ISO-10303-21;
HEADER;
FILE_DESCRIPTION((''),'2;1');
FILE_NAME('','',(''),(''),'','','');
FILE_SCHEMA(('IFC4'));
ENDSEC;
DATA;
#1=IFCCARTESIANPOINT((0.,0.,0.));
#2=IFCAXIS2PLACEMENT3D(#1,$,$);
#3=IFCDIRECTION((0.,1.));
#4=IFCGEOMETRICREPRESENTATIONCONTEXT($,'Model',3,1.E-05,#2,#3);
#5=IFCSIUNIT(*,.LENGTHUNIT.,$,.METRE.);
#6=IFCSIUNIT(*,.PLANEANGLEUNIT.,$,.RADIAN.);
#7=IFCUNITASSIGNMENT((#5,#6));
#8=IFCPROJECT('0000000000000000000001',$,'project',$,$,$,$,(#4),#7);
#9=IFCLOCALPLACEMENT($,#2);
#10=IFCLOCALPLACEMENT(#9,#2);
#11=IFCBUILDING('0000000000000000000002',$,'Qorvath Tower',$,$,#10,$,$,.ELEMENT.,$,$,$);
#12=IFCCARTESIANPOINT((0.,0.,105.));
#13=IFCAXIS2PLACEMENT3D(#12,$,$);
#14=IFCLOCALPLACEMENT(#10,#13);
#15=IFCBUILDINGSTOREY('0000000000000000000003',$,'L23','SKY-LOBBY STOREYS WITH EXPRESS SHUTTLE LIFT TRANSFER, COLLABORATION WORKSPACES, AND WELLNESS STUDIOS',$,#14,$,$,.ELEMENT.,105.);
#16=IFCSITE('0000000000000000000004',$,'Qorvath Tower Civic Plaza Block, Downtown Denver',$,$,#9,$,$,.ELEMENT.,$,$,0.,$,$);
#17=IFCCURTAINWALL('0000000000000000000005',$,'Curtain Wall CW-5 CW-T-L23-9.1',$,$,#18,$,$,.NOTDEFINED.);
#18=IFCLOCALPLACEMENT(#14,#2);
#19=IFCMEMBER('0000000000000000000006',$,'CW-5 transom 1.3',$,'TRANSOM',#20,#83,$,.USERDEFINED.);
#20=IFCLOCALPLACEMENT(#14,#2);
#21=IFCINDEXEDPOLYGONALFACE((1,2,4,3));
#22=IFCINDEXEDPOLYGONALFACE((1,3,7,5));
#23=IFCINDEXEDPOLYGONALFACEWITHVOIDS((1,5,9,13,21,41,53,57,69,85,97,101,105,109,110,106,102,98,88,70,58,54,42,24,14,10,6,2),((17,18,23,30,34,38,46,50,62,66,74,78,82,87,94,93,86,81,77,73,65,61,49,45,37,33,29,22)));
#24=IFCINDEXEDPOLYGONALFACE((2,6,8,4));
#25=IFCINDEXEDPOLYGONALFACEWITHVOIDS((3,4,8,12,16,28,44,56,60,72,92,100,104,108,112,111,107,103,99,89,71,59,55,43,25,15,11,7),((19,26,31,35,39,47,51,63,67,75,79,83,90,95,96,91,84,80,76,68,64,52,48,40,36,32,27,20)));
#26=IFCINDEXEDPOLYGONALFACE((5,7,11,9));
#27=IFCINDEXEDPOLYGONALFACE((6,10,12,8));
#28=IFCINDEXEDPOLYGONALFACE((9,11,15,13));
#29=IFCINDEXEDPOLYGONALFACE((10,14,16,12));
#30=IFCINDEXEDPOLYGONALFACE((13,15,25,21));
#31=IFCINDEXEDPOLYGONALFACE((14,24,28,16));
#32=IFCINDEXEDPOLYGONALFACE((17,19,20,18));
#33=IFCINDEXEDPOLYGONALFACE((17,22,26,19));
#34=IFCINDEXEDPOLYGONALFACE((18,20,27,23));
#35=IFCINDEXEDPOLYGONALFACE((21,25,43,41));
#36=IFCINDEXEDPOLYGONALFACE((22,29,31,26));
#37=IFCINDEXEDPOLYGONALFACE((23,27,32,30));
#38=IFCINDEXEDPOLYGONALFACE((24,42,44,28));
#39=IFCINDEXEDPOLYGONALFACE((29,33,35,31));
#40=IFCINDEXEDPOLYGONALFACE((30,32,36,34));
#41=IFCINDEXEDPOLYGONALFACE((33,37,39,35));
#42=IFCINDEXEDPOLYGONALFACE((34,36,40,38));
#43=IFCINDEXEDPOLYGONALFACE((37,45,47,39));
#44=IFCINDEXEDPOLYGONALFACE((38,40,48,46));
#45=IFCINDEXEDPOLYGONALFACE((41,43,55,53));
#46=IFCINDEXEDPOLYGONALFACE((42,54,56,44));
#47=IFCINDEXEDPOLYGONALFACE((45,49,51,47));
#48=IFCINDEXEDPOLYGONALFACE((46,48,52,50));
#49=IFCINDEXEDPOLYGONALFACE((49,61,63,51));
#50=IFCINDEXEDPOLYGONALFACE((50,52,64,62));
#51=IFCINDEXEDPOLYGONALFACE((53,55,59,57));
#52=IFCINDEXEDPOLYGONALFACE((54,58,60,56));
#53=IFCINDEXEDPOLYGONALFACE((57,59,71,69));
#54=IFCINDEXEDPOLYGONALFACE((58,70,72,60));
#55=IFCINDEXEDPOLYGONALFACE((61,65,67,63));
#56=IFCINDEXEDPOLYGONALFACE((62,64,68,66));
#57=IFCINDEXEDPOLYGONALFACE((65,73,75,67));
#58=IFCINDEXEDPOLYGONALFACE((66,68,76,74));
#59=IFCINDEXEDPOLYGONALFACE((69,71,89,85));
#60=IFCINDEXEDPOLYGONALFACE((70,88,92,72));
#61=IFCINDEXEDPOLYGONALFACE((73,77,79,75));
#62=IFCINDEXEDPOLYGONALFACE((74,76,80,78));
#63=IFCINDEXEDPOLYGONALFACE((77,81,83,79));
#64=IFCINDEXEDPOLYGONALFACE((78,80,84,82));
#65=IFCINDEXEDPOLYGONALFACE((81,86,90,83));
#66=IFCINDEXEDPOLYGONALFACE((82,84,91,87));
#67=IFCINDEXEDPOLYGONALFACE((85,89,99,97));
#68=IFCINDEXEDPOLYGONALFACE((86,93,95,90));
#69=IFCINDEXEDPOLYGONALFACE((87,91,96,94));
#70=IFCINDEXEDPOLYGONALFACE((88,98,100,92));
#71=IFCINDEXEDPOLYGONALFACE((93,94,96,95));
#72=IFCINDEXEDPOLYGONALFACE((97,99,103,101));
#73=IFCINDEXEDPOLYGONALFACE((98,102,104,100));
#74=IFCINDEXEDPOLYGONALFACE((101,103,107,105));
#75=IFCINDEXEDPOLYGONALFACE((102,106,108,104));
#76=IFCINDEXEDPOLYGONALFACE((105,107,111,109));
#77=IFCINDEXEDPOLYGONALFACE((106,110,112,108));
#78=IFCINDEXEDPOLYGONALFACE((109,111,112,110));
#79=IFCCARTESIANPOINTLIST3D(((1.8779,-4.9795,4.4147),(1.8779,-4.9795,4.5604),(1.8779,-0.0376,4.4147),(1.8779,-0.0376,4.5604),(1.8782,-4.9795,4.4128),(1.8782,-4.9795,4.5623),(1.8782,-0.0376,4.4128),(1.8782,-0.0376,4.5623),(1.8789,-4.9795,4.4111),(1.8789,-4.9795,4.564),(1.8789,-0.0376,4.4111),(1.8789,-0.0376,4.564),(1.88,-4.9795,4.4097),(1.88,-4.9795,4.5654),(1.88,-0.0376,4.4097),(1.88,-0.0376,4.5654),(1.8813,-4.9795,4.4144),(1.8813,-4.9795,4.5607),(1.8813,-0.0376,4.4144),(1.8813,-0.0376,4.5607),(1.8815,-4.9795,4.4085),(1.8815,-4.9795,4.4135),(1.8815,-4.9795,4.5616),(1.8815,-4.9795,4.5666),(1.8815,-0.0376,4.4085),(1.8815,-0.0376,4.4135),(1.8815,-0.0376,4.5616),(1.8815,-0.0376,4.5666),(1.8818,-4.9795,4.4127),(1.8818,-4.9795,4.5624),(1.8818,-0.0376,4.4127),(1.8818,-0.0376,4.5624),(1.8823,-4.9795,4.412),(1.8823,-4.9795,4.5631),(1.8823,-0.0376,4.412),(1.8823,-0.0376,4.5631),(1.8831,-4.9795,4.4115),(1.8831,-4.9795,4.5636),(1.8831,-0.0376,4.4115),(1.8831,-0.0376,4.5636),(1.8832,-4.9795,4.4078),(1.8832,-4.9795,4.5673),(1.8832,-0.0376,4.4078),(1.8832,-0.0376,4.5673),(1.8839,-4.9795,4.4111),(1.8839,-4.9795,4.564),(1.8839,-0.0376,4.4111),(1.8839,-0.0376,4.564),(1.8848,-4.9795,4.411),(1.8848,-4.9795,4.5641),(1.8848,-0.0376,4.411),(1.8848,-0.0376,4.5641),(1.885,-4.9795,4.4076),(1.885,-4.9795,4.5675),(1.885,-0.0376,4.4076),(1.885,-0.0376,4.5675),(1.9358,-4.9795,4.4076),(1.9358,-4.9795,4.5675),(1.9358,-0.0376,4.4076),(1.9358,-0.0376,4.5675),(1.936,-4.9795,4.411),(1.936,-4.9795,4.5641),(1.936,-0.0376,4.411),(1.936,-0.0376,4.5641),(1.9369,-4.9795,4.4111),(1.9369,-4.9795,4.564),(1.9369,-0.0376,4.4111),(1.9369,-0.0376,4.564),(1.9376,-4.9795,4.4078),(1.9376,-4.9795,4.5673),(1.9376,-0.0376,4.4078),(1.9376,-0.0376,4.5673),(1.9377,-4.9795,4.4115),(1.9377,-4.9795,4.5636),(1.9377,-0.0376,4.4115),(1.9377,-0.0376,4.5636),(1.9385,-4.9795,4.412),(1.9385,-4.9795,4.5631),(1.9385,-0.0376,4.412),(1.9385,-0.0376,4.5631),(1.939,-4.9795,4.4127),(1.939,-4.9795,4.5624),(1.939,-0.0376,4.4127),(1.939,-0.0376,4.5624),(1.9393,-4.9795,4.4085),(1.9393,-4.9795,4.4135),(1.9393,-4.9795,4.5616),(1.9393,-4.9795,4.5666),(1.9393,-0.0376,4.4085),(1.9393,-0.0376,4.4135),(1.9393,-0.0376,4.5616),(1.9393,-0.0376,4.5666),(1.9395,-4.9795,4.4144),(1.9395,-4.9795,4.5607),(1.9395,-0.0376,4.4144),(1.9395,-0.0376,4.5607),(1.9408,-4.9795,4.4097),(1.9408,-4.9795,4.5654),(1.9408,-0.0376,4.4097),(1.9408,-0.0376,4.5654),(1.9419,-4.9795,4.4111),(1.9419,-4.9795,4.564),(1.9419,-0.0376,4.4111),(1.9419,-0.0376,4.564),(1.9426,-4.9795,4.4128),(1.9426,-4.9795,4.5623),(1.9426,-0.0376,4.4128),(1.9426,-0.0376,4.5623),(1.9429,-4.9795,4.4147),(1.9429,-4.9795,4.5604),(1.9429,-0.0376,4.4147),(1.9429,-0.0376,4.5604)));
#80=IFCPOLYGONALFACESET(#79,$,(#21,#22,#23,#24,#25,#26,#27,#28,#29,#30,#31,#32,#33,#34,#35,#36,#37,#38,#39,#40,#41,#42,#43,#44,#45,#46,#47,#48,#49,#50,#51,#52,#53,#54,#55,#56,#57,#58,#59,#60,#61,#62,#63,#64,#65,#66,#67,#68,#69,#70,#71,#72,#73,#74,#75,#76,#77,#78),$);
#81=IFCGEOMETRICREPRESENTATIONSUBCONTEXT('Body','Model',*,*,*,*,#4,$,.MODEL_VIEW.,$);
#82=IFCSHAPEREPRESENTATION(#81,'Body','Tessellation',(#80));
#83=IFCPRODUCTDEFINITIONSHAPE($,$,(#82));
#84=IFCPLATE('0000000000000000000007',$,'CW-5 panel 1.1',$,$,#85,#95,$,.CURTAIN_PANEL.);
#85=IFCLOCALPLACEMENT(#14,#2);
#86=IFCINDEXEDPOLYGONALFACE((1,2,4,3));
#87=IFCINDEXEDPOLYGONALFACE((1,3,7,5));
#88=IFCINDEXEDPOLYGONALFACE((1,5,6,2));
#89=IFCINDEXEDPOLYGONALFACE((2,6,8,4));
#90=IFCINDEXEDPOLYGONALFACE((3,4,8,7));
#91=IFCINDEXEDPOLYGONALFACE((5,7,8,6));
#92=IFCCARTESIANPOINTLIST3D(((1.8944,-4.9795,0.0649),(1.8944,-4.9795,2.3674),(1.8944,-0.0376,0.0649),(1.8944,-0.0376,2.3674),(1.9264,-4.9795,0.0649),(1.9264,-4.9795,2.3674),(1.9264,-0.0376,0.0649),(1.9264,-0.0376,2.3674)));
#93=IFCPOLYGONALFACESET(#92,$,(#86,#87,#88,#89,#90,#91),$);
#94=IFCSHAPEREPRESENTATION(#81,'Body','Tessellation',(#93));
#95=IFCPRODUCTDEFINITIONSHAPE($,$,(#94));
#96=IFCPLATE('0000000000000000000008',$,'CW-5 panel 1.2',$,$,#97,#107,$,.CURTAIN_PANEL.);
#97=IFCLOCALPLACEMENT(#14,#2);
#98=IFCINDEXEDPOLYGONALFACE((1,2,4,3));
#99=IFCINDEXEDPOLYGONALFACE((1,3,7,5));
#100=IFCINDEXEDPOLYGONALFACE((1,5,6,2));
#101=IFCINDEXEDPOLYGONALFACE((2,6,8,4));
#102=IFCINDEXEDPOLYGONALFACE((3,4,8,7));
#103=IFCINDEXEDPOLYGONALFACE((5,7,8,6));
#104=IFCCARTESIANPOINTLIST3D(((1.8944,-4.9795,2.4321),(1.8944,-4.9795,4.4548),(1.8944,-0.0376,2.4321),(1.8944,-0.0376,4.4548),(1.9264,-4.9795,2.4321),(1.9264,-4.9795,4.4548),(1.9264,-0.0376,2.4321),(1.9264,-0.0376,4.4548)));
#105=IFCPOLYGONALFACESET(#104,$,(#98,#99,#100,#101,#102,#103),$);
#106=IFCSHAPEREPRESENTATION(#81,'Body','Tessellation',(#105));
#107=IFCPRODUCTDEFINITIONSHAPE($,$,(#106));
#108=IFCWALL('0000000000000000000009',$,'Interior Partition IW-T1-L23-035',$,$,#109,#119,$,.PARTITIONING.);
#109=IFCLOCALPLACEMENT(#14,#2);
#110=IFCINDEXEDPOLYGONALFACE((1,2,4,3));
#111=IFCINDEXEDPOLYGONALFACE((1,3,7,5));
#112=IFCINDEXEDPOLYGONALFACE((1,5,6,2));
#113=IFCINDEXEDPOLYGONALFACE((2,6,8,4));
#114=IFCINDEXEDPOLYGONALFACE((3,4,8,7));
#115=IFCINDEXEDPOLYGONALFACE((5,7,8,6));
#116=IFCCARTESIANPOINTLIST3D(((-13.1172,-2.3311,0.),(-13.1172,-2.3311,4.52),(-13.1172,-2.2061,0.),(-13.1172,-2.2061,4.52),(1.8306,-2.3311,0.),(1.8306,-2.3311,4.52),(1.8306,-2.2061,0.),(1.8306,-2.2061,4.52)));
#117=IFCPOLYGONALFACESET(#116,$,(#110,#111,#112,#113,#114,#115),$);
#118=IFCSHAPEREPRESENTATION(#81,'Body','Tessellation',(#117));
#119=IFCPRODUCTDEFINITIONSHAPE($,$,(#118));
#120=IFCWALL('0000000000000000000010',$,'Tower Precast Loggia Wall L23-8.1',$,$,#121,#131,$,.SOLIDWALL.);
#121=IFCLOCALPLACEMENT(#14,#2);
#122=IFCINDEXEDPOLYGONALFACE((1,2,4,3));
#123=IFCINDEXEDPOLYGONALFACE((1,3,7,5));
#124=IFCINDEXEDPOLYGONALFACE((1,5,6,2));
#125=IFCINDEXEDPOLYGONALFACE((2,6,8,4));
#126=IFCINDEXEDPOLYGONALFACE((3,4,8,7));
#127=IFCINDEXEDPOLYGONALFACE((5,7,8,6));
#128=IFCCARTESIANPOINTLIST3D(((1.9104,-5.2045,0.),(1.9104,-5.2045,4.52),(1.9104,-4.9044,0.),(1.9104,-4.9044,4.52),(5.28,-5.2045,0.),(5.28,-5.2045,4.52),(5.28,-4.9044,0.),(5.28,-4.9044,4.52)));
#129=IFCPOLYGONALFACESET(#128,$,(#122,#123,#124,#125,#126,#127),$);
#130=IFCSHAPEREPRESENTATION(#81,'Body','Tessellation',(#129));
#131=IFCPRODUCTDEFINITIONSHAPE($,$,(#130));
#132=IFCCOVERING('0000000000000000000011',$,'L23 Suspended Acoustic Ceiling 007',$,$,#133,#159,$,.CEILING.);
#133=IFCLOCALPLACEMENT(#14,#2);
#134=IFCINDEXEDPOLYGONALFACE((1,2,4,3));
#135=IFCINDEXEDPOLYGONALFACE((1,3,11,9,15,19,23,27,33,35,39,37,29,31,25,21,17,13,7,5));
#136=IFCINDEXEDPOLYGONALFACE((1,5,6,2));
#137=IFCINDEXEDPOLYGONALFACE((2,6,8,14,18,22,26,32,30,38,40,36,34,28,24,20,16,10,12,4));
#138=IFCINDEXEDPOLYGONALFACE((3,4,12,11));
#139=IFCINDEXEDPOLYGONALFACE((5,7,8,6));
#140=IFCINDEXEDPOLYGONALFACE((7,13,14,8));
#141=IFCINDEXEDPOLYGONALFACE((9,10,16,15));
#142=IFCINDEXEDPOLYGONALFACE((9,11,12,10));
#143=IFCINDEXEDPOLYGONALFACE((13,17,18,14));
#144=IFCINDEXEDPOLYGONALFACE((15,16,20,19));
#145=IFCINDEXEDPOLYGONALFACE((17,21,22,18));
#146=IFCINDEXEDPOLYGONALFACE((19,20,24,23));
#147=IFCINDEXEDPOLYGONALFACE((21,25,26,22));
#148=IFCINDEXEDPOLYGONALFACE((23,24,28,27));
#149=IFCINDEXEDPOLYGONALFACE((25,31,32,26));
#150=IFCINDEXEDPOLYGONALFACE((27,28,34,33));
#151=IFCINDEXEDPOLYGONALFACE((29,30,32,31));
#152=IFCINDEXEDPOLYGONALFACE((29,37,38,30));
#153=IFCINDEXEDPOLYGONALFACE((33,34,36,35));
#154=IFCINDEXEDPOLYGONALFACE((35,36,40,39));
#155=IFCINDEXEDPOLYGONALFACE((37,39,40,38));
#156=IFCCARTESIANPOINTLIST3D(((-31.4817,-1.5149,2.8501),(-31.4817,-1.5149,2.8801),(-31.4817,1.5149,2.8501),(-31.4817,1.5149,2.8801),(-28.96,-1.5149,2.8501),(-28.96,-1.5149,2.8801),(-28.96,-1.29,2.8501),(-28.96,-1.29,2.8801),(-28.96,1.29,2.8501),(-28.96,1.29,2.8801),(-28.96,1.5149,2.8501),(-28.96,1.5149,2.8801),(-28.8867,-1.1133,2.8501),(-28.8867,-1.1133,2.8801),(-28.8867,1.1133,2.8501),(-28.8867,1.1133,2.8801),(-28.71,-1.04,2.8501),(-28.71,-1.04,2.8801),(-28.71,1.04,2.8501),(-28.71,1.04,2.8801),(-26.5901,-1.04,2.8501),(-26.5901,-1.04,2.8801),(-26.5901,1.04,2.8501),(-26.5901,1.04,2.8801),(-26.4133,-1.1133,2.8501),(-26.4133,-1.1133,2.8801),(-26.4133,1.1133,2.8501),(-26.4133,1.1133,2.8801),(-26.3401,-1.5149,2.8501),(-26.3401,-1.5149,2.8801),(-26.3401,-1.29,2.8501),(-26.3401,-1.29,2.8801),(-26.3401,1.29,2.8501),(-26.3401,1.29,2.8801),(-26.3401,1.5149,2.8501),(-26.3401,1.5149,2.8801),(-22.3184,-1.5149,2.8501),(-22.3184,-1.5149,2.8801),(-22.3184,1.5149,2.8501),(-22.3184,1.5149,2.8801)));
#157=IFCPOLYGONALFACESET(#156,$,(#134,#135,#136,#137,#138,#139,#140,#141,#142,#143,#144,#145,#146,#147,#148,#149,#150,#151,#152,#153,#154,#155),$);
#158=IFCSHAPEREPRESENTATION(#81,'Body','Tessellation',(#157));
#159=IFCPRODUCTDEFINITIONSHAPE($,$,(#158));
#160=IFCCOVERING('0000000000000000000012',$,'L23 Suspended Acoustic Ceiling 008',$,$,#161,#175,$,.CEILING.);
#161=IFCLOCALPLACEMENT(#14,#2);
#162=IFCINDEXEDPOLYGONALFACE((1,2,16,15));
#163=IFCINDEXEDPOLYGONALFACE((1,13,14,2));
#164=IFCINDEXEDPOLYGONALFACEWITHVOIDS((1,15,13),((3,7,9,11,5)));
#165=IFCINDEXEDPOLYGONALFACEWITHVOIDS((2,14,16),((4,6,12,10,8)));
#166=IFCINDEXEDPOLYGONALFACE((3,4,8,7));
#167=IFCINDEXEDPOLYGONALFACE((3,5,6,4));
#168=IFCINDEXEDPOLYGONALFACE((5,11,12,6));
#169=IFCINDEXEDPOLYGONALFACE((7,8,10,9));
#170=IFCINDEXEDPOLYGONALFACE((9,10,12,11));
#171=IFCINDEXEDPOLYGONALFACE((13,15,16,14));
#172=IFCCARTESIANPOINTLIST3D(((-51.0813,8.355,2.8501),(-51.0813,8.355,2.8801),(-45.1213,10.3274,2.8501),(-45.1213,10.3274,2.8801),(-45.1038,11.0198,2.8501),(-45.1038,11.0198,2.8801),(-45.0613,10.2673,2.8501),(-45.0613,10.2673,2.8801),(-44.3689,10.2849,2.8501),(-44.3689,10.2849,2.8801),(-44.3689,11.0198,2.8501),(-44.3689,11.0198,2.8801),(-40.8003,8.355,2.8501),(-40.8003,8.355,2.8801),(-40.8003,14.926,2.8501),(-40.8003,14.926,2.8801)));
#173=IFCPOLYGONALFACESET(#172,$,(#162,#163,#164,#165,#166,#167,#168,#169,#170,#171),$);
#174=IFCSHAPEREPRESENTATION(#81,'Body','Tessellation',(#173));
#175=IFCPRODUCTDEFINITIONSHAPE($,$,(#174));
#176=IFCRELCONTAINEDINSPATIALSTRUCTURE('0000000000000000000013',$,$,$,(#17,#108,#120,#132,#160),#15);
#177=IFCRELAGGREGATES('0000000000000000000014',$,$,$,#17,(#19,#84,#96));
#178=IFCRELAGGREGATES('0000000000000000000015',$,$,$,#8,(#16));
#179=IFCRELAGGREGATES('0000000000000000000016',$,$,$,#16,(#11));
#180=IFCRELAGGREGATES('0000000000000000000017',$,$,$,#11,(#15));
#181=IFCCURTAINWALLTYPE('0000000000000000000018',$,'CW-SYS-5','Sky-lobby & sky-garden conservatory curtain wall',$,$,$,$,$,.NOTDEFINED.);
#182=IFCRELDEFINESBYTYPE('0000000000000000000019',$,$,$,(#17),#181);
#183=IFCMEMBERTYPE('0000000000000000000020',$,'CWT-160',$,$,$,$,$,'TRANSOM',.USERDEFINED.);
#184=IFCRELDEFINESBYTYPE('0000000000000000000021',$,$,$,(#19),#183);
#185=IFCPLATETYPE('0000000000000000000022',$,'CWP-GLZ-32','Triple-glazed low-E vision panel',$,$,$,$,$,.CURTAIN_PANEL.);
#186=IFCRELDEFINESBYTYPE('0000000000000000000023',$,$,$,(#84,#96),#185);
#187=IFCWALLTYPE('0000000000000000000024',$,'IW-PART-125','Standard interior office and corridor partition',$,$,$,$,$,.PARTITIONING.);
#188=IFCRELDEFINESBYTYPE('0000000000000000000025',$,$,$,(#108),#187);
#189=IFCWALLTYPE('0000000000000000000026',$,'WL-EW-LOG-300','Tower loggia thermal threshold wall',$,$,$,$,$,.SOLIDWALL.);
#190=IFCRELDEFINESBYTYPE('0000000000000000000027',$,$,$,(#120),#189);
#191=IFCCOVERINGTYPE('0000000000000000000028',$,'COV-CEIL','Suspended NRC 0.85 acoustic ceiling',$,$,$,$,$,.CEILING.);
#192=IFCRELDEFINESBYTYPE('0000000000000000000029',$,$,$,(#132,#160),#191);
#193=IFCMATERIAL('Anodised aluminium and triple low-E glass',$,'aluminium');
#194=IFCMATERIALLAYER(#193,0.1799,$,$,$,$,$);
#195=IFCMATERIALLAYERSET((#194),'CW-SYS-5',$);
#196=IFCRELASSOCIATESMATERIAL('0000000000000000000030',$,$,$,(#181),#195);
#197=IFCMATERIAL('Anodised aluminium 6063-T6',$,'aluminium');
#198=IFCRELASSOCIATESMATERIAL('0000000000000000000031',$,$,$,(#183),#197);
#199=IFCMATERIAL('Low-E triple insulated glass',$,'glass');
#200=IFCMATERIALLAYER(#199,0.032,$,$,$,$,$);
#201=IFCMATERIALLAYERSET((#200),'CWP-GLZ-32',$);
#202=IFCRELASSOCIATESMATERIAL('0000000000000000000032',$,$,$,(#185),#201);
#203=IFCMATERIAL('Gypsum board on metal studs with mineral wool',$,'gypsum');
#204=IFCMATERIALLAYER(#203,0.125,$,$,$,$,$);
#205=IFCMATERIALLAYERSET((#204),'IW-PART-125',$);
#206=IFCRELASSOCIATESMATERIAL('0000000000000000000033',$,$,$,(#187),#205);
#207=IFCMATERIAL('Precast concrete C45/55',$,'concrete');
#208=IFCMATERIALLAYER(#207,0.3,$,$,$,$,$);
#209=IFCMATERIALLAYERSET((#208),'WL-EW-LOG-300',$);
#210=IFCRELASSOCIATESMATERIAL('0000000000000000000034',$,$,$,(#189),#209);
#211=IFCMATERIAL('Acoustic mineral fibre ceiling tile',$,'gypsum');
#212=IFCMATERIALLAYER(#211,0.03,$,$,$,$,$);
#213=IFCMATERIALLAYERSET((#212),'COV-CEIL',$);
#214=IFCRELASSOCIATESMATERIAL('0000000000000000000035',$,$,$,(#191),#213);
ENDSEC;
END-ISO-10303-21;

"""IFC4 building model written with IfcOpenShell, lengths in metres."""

from ifc_helpers import new_model, si_unit, direction, frame, frame_2d, origin, origin_2d, place, context, subcontext, project, spatial, polyline, rectangle, hollow_rectangle, outline, extrude, material, layer, layer_set, material_profile, profile_set, type_object, element, aggregate, save


model = new_model("IFC4")

# Units and contexts
model_context = context("Model", 3, precision=1e-05, world=origin(), true_north=direction((0.0, 1.0)))
body_context = subcontext(model_context, "Body", "Model", "MODEL_VIEW")
ifc_project = project(units=[si_unit("LENGTHUNIT", "METRE"), si_unit("PLANEANGLEUNIT", "RADIAN")], contexts=[model_context])

# Site, building, storey
site_placement = place(None, origin())
site = spatial("IfcSite", under=ifc_project, at=site_placement, Name="Qorvath Tower Civic Plaza Block, Downtown Denver", CompositionType="ELEMENT", RefElevation=0.0)
building_placement = place(site_placement, origin())
building = spatial("IfcBuilding", under=site, at=building_placement, Name="Qorvath Tower", CompositionType="ELEMENT")
storey_placement = place(building_placement, frame((0.0, 0.0, 105.0)))
storey = spatial("IfcBuildingStorey", under=building, at=storey_placement, Name="L23", Description="SKY-LOBBY STOREYS WITH EXPRESS SHUTTLE LIFT TRANSFER, COLLABORATION WORKSPACES, AND WELLNESS STUDIOS", CompositionType="ELEMENT", Elevation=105.0)

# Shared definitions
ifc_material_1 = material(Name="Anodised aluminium and triple low-E glass", Category="aluminium")
ifc_layer_1 = layer(ifc_material_1, 0.1799)
ifc_layer_set_1 = layer_set([ifc_layer_1], Name="CW-SYS-5")
curtain_wall_type = type_object("IfcCurtainWallType", Name="CW-SYS-5", Description="Sky-lobby & sky-garden conservatory curtain wall", PredefinedType="NOTDEFINED", material=ifc_layer_set_1)

# Curtain wall, member, plates
curtain_wall_1_placement = place(storey_placement, origin())
curtain_wall_1 = element("IfcCurtainWall", 1, at=curtain_wall_1_placement, inside=storey, type_object=curtain_wall_type, Name="Curtain Wall CW-5 CW-T-L23-9.1", PredefinedType="NOTDEFINED")
ifc_material_2 = material(Name="Anodised aluminium 6063-T6", Category="aluminium")
ifc_material_profile_1 = material_profile(ifc_material_2, hollow_rectangle(XDim=0.0649, YDim=0.1599, WallThickness=0.0034, InnerFilletRadius=0.0034, OuterFilletRadius=0.0071, at=origin_2d()), Name="CWT 160x65")
ifc_profile_set_1 = profile_set([ifc_material_profile_1], Name="Anodised aluminium 6063-T6")
member_type_1 = type_object("IfcMemberType", Name="CWT-160", ElementType="TRANSOM", PredefinedType="USERDEFINED", material=ifc_profile_set_1)
member_1_placement = place(storey_placement, frame((1.9104, -4.9795, 4.4875), z_axis=(0.0, 1.0, 0.0), x_axis=(-1.0, 0.0, 0.0)))
member_1 = element("IfcMember", 2, at=member_1_placement, type_object=member_type_1, Name="CW-5 transom 1.3", ObjectType="TRANSOM", PredefinedType="USERDEFINED", context=body_context, shape_type="SweptSolid", body=[
    extrude(hollow_rectangle(XDim=0.0649, YDim=0.1599, WallThickness=0.0034, InnerFilletRadius=0.0034, OuterFilletRadius=0.0071, at=origin_2d()), origin(), (0.0, 0.0, 1.0), 4.9419),
])
ifc_material_3 = material(Name="Low-E triple insulated glass", Category="glass")
ifc_layer_2 = layer(ifc_material_3, 0.032)
ifc_layer_set_2 = layer_set([ifc_layer_2], Name="CWP-GLZ-32")
plate_type = type_object("IfcPlateType", Name="CWP-GLZ-32", Description="Triple-glazed low-E vision panel", PredefinedType="CURTAIN_PANEL", material=ifc_layer_set_2)
plate_1_placement = place(storey_placement, frame((1.9104, -2.5085, 0.0649), z_axis=(0.0, 0.0, 1.0), x_axis=(0.0, 1.0, 0.0)))
plate_1 = element("IfcPlate", 3, at=plate_1_placement, type_object=plate_type, Name="CW-5 panel 1.1", PredefinedType="CURTAIN_PANEL", context=body_context, shape_type="SweptSolid", body=[
    extrude(rectangle(XDim=4.9419, YDim=0.032, at=origin_2d()), origin(), (0.0, 0.0, 1.0), 2.3025),
])
plate_2_placement = place(storey_placement, frame((1.9104, -2.5085, 2.4321), z_axis=(0.0, 0.0, 1.0), x_axis=(0.0, 1.0, 0.0)))
plate_2 = element("IfcPlate", 4, at=plate_2_placement, type_object=plate_type, Name="CW-5 panel 1.2", PredefinedType="CURTAIN_PANEL", context=body_context, shape_type="SweptSolid", body=[
    extrude(rectangle(XDim=4.9419, YDim=0.032, at=origin_2d()), origin(), (0.0, 0.0, 1.0), 2.0227),
])
aggregate(curtain_wall_1, [member_1, plate_1, plate_2])

# Walls
ifc_material_4 = material(Name="Gypsum board on metal studs with mineral wool", Category="gypsum")
ifc_layer_3 = layer(ifc_material_4, 0.125)
ifc_layer_set_3 = layer_set([ifc_layer_3], Name="IW-PART-125")
wall_type_1 = type_object("IfcWallType", Name="IW-PART-125", Description="Standard interior office and corridor partition", PredefinedType="PARTITIONING", material=ifc_layer_set_3)
wall_1_placement = place(storey_placement, frame((1.8306, -2.2686, 0.0), z_axis=(0.0, 0.0, 1.0), x_axis=(-1.0, 0.0, 0.0)))
element("IfcWall", 5, at=wall_1_placement, inside=storey, type_object=wall_type_1, Name="Interior Partition IW-T1-L23-035", PredefinedType="PARTITIONING", context=body_context, shape_type="SweptSolid", body=[
    extrude(rectangle(XDim=14.9478, YDim=0.125, at=frame_2d((7.4739, 0.0))), origin(), (0.0, 0.0, 1.0), 4.52),
])
ifc_material_5 = material(Name="Precast concrete C45/55", Category="concrete")
ifc_layer_4 = layer(ifc_material_5, 0.3)
ifc_layer_set_4 = layer_set([ifc_layer_4], Name="WL-EW-LOG-300")
wall_type_2 = type_object("IfcWallType", Name="WL-EW-LOG-300", Description="Tower loggia thermal threshold wall", PredefinedType="SOLIDWALL", material=ifc_layer_set_4)
wall_2_placement = place(storey_placement, frame((5.28, -5.0544, 0.0), z_axis=(0.0, 0.0, 1.0), x_axis=(-1.0, 0.0, 0.0)))
element("IfcWall", 6, at=wall_2_placement, inside=storey, type_object=wall_type_2, Name="Tower Precast Loggia Wall L23-8.1", PredefinedType="SOLIDWALL", context=body_context, shape_type="SweptSolid", body=[
    extrude(rectangle(XDim=3.3696, YDim=0.3, at=frame_2d((1.6848, 0.0))), origin(), (0.0, 0.0, 1.0), 4.52),
])

# Coverings
ifc_material_6 = material(Name="Acoustic mineral fibre ceiling tile", Category="gypsum")
ifc_layer_5 = layer(ifc_material_6, 0.03)
ifc_layer_set_5 = layer_set([ifc_layer_5], Name="COV-CEIL")
covering_type_1 = type_object("IfcCoveringType", Name="COV-CEIL", Description="Suspended NRC 0.85 acoustic ceiling", PredefinedType="CEILING", material=ifc_layer_set_5)
covering_1_placement = place(storey_placement, frame((0.0, 0.0, 2.8501)))
element("IfcCovering", 7, at=covering_1_placement, inside=storey, type_object=covering_type_1, Name="L23 Suspended Acoustic Ceiling 007", PredefinedType="CEILING", context=body_context, shape_type="SweptSolid", body=[
    extrude(outline(polyline([(-22.3184, -1.5149), (-22.3184, 1.5149), (-26.3401, 1.5149), (-26.3401, 1.29), (-26.4133, 1.1133), (-26.5901, 1.04), (-28.71, 1.04), (-28.8867, 1.1133), (-28.96, 1.29), (-28.96, 1.5149), (-31.4817, 1.5149), (-31.4817, -1.5149), (-28.96, -1.5149), (-28.96, -1.29), (-28.8867, -1.1133), (-28.71, -1.04), (-26.5901, -1.04), (-26.4133, -1.1133), (-26.3401, -1.29), (-26.3401, -1.5149), (-22.3184, -1.5149)])), origin(), (0.0, 0.0, 1.0), 0.03),
])
covering_2_placement = place(storey_placement, frame((0.0, 0.0, 2.8501)))
element("IfcCovering", 8, at=covering_2_placement, inside=storey, type_object=covering_type_1, Name="L23 Suspended Acoustic Ceiling 008", PredefinedType="CEILING", context=body_context, shape_type="SweptSolid", body=[
    extrude(outline(polyline([(-40.8003, 8.355), (-40.8003, 14.926), (-51.0813, 8.355), (-40.8003, 8.355)]), holes=[polyline([(-45.1213, 10.3274), (-45.1038, 11.0198), (-44.3689, 11.0198), (-44.3689, 10.2849), (-45.0613, 10.2673), (-45.1213, 10.3274)])]), origin(), (0.0, 0.0, 1.0), 0.03),
])

save(model, "model.ifc")
